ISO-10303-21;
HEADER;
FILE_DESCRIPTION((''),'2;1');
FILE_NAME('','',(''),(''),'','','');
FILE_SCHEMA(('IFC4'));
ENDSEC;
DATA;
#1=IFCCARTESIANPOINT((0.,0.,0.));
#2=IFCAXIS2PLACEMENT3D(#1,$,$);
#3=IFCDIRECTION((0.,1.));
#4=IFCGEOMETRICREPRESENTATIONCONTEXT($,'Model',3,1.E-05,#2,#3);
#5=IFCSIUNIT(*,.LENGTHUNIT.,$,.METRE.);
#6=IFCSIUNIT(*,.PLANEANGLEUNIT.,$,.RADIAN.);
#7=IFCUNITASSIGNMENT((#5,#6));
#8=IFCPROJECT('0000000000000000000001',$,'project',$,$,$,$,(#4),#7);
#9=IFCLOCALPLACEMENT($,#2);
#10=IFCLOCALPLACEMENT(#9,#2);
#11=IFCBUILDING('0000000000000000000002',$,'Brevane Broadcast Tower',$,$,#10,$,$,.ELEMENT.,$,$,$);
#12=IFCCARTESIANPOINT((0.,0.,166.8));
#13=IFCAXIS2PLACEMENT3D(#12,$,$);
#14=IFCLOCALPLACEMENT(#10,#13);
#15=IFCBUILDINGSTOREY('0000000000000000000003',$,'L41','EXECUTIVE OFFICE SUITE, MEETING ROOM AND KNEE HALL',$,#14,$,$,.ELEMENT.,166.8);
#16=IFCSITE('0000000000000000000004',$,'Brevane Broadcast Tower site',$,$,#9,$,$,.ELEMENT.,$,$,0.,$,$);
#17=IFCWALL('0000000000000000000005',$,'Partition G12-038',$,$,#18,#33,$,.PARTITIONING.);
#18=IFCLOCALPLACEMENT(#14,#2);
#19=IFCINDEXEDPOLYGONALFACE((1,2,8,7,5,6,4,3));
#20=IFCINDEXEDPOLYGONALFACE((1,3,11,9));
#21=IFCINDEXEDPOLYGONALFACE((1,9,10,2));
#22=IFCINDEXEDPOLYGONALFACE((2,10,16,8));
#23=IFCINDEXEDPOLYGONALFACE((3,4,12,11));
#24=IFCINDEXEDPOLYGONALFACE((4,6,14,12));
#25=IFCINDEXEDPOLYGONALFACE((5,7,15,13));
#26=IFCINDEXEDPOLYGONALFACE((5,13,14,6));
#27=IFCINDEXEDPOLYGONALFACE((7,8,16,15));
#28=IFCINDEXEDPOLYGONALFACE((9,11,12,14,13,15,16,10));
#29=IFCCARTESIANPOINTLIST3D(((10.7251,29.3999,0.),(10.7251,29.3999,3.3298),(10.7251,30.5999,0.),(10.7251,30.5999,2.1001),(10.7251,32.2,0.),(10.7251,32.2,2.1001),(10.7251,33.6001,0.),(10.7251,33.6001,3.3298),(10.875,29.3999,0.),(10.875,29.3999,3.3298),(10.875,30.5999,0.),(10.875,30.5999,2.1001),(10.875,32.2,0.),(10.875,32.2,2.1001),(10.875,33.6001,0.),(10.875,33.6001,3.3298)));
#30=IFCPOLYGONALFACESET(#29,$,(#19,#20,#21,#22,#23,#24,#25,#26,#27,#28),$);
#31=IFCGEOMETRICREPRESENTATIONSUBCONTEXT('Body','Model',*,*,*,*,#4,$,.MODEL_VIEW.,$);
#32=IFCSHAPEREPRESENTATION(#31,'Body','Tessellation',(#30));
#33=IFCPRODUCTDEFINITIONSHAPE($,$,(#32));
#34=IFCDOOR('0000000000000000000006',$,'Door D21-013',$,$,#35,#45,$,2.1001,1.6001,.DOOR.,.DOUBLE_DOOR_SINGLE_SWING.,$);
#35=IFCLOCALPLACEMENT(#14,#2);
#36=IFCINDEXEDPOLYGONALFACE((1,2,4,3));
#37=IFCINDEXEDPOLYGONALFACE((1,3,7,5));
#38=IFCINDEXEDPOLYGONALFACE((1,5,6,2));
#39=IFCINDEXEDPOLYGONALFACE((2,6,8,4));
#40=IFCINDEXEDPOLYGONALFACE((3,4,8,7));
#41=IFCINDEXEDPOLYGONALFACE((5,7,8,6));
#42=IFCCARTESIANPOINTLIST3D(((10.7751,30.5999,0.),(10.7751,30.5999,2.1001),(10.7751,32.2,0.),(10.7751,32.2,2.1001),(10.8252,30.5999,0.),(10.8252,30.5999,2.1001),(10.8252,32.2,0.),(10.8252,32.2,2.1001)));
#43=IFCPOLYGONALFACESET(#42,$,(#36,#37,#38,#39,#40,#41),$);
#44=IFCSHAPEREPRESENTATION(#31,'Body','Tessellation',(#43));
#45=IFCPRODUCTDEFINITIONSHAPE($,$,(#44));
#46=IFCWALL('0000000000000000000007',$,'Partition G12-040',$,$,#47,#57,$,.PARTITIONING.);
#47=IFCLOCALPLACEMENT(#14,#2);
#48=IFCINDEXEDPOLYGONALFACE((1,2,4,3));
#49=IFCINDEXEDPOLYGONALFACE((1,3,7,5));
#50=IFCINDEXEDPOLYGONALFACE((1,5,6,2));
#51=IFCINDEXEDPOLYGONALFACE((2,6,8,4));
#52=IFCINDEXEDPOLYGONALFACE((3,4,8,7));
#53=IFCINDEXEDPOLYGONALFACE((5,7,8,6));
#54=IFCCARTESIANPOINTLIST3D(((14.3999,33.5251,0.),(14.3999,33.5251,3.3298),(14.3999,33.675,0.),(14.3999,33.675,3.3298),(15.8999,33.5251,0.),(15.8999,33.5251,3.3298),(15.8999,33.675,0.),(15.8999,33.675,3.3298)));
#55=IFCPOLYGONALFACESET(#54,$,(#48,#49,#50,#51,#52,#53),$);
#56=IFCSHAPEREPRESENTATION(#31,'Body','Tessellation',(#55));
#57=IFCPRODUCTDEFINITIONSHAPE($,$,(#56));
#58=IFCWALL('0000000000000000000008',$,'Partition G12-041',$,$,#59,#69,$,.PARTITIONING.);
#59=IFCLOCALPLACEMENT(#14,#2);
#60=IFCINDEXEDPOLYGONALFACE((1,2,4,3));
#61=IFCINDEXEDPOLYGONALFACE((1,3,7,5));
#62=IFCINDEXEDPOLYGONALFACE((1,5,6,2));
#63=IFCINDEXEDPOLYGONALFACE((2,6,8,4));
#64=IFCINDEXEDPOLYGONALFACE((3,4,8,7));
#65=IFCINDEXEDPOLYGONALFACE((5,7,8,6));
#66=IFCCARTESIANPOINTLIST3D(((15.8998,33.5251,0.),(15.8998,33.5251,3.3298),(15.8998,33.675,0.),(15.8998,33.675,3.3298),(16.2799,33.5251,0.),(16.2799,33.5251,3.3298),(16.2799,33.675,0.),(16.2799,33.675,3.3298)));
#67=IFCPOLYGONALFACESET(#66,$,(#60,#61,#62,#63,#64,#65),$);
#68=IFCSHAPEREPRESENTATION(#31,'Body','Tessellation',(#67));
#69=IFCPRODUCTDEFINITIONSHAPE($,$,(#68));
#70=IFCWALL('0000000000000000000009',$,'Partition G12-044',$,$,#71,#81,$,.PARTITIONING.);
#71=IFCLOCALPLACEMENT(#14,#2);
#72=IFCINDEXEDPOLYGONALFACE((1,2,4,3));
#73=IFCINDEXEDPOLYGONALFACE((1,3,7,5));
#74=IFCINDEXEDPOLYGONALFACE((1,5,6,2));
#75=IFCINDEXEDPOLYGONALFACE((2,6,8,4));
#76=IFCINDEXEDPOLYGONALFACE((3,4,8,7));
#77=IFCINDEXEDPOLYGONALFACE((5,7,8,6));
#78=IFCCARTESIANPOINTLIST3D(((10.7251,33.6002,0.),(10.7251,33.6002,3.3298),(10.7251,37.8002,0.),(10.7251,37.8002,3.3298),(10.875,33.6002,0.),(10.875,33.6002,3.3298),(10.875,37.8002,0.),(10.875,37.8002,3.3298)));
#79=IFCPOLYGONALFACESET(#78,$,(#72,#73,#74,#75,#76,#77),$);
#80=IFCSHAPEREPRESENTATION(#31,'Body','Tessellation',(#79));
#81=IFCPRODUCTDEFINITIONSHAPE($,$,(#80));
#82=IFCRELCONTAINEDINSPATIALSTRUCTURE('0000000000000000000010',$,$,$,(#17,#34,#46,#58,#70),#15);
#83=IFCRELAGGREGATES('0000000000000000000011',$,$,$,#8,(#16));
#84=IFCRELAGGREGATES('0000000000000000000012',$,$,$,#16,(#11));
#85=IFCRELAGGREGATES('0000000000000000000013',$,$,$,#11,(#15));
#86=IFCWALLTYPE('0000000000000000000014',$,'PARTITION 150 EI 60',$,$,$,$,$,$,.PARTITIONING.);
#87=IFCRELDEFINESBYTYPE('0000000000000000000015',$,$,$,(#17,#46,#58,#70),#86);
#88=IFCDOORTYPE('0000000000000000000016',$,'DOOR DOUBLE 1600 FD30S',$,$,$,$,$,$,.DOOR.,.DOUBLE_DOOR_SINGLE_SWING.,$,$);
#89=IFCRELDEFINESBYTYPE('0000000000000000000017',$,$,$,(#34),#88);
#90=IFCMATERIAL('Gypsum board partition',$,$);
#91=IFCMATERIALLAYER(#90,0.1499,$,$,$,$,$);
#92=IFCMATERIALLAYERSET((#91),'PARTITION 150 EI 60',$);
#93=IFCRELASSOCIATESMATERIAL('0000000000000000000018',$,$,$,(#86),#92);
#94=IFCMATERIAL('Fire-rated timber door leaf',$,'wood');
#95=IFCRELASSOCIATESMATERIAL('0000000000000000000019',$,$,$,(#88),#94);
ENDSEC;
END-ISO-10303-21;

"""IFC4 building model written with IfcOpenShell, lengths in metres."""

from ifc_helpers import new_model, si_unit, direction, frame, frame_2d, origin, place, context, subcontext, project, spatial, rectangle, extrude, material, layer, layer_set, type_object, element, fill, save


model = new_model("IFC4")

# Units and contexts
model_context = context("Model", 3, precision=1e-05, world=origin(), true_north=direction((0.0, 1.0)))
body_context = subcontext(model_context, "Body", "Model", "MODEL_VIEW")
ifc_project = project(units=[si_unit("LENGTHUNIT", "METRE"), si_unit("PLANEANGLEUNIT", "RADIAN")], contexts=[model_context])

# Site, building, storey
site_placement = place(None, origin())
site = spatial("IfcSite", under=ifc_project, at=site_placement, Name="Brevane Broadcast Tower site", CompositionType="ELEMENT", RefElevation=0.0)
building_placement = place(site_placement, origin())
building = spatial("IfcBuilding", under=site, at=building_placement, Name="Brevane Broadcast Tower", CompositionType="ELEMENT")
storey_placement = place(building_placement, frame((0.0, 0.0, 166.8)))
storey = spatial("IfcBuildingStorey", under=building, at=storey_placement, Name="L41", Description="EXECUTIVE OFFICE SUITE, MEETING ROOM AND KNEE HALL", CompositionType="ELEMENT", Elevation=166.8)

# Shared definitions
ifc_material_1 = material(Name="Gypsum board partition")

# Wall, opening, door
ifc_layer_1 = layer(ifc_material_1, 0.1499)
ifc_layer_set_1 = layer_set([ifc_layer_1], Name="PARTITION 150 EI 60")
wall_type_1 = type_object("IfcWallType", Name="PARTITION 150 EI 60", PredefinedType="PARTITIONING", material=ifc_layer_set_1)
wall_1_placement = place(storey_placement, frame((10.8, 29.3999, 0.0), z_axis=(0.0, 0.0, 1.0), x_axis=(0.0, 1.0, 0.0)))
wall_1 = element("IfcWall", 1, at=wall_1_placement, inside=storey, type_object=wall_type_1, Name="Partition G12-038", PredefinedType="PARTITIONING", context=body_context, shape_type="SweptSolid", body=[
    extrude(rectangle(XDim=4.2002, YDim=0.1499, at=frame_2d((2.1001, 0.0))), origin(), (0.0, 0.0, 1.0), 3.3298),
])
opening_1_placement = place(wall_1_placement, frame((1.2, 0.0, 0.0)))
opening_1 = element("IfcOpeningElement", 2, at=opening_1_placement, cuts=wall_1, PredefinedType="OPENING", context=body_context, shape_type="SweptSolid", body=[
    extrude(rectangle(XDim=1.6001, YDim=2.1001, at=frame_2d((0.8, 1.05))), frame((0.0, 0.085, 0.0), z_axis=(0.0, -1.0, 0.0), x_axis=(1.0, 0.0, 0.0)), (0.0, 0.0, 1.0), 0.1699),
])
ifc_material_2 = material(Name="Fire-rated timber door leaf", Category="wood")
door_type_1 = type_object("IfcDoorType", Name="DOOR DOUBLE 1600 FD30S", OperationType="DOUBLE_DOOR_SINGLE_SWING", PredefinedType="DOOR", material=ifc_material_2)
door_1_placement = place(opening_1_placement, origin())
door_1 = element("IfcDoor", 3, at=door_1_placement, inside=storey, type_object=door_type_1, Name="Door D21-013", OperationType="DOUBLE_DOOR_SINGLE_SWING", OverallHeight=2.1001, OverallWidth=1.6001, PredefinedType="DOOR", context=body_context, shape_type="SweptSolid", body=[
    extrude(rectangle(XDim=1.6001, YDim=2.1001, at=frame_2d((0.8, 1.05))), frame((0.0, 0.0249, 0.0), z_axis=(0.0, -1.0, 0.0), x_axis=(1.0, 0.0, 0.0)), (0.0, 0.0, 1.0), 0.05),
])
fill(opening_1, door_1)

# Walls
wall_2_placement = place(storey_placement, frame((14.3999, 33.6001, 0.0), z_axis=(0.0, 0.0, 1.0), x_axis=(1.0, 0.0, 0.0)))
element("IfcWall", 4, at=wall_2_placement, inside=storey, type_object=wall_type_1, Name="Partition G12-040", PredefinedType="PARTITIONING", context=body_context, shape_type="SweptSolid", body=[
    extrude(rectangle(XDim=1.5, YDim=0.1499, at=frame_2d((0.75, 0.0))), origin(), (0.0, 0.0, 1.0), 3.3298),
])
wall_3_placement = place(storey_placement, frame((15.8999, 33.6001, 0.0), z_axis=(0.0, 0.0, 1.0), x_axis=(1.0, 0.0, 0.0)))
element("IfcWall", 5, at=wall_3_placement, inside=storey, type_object=wall_type_1, Name="Partition G12-041", PredefinedType="PARTITIONING", context=body_context, shape_type="SweptSolid", body=[
    extrude(rectangle(XDim=0.3801, YDim=0.1499, at=frame_2d((0.1899, 0.0))), origin(), (0.0, 0.0, 1.0), 3.3298),
])
wall_4_placement = place(storey_placement, frame((10.8, 33.6001, 0.0), z_axis=(0.0, 0.0, 1.0), x_axis=(0.0, 1.0, 0.0)))
element("IfcWall", 6, at=wall_4_placement, inside=storey, type_object=wall_type_1, Name="Partition G12-044", PredefinedType="PARTITIONING", context=body_context, shape_type="SweptSolid", body=[
    extrude(rectangle(XDim=4.2, YDim=0.1499, at=frame_2d((2.1001, 0.0))), origin(), (0.0, 0.0, 1.0), 3.3298),
])

save(model, "model.ifc")
